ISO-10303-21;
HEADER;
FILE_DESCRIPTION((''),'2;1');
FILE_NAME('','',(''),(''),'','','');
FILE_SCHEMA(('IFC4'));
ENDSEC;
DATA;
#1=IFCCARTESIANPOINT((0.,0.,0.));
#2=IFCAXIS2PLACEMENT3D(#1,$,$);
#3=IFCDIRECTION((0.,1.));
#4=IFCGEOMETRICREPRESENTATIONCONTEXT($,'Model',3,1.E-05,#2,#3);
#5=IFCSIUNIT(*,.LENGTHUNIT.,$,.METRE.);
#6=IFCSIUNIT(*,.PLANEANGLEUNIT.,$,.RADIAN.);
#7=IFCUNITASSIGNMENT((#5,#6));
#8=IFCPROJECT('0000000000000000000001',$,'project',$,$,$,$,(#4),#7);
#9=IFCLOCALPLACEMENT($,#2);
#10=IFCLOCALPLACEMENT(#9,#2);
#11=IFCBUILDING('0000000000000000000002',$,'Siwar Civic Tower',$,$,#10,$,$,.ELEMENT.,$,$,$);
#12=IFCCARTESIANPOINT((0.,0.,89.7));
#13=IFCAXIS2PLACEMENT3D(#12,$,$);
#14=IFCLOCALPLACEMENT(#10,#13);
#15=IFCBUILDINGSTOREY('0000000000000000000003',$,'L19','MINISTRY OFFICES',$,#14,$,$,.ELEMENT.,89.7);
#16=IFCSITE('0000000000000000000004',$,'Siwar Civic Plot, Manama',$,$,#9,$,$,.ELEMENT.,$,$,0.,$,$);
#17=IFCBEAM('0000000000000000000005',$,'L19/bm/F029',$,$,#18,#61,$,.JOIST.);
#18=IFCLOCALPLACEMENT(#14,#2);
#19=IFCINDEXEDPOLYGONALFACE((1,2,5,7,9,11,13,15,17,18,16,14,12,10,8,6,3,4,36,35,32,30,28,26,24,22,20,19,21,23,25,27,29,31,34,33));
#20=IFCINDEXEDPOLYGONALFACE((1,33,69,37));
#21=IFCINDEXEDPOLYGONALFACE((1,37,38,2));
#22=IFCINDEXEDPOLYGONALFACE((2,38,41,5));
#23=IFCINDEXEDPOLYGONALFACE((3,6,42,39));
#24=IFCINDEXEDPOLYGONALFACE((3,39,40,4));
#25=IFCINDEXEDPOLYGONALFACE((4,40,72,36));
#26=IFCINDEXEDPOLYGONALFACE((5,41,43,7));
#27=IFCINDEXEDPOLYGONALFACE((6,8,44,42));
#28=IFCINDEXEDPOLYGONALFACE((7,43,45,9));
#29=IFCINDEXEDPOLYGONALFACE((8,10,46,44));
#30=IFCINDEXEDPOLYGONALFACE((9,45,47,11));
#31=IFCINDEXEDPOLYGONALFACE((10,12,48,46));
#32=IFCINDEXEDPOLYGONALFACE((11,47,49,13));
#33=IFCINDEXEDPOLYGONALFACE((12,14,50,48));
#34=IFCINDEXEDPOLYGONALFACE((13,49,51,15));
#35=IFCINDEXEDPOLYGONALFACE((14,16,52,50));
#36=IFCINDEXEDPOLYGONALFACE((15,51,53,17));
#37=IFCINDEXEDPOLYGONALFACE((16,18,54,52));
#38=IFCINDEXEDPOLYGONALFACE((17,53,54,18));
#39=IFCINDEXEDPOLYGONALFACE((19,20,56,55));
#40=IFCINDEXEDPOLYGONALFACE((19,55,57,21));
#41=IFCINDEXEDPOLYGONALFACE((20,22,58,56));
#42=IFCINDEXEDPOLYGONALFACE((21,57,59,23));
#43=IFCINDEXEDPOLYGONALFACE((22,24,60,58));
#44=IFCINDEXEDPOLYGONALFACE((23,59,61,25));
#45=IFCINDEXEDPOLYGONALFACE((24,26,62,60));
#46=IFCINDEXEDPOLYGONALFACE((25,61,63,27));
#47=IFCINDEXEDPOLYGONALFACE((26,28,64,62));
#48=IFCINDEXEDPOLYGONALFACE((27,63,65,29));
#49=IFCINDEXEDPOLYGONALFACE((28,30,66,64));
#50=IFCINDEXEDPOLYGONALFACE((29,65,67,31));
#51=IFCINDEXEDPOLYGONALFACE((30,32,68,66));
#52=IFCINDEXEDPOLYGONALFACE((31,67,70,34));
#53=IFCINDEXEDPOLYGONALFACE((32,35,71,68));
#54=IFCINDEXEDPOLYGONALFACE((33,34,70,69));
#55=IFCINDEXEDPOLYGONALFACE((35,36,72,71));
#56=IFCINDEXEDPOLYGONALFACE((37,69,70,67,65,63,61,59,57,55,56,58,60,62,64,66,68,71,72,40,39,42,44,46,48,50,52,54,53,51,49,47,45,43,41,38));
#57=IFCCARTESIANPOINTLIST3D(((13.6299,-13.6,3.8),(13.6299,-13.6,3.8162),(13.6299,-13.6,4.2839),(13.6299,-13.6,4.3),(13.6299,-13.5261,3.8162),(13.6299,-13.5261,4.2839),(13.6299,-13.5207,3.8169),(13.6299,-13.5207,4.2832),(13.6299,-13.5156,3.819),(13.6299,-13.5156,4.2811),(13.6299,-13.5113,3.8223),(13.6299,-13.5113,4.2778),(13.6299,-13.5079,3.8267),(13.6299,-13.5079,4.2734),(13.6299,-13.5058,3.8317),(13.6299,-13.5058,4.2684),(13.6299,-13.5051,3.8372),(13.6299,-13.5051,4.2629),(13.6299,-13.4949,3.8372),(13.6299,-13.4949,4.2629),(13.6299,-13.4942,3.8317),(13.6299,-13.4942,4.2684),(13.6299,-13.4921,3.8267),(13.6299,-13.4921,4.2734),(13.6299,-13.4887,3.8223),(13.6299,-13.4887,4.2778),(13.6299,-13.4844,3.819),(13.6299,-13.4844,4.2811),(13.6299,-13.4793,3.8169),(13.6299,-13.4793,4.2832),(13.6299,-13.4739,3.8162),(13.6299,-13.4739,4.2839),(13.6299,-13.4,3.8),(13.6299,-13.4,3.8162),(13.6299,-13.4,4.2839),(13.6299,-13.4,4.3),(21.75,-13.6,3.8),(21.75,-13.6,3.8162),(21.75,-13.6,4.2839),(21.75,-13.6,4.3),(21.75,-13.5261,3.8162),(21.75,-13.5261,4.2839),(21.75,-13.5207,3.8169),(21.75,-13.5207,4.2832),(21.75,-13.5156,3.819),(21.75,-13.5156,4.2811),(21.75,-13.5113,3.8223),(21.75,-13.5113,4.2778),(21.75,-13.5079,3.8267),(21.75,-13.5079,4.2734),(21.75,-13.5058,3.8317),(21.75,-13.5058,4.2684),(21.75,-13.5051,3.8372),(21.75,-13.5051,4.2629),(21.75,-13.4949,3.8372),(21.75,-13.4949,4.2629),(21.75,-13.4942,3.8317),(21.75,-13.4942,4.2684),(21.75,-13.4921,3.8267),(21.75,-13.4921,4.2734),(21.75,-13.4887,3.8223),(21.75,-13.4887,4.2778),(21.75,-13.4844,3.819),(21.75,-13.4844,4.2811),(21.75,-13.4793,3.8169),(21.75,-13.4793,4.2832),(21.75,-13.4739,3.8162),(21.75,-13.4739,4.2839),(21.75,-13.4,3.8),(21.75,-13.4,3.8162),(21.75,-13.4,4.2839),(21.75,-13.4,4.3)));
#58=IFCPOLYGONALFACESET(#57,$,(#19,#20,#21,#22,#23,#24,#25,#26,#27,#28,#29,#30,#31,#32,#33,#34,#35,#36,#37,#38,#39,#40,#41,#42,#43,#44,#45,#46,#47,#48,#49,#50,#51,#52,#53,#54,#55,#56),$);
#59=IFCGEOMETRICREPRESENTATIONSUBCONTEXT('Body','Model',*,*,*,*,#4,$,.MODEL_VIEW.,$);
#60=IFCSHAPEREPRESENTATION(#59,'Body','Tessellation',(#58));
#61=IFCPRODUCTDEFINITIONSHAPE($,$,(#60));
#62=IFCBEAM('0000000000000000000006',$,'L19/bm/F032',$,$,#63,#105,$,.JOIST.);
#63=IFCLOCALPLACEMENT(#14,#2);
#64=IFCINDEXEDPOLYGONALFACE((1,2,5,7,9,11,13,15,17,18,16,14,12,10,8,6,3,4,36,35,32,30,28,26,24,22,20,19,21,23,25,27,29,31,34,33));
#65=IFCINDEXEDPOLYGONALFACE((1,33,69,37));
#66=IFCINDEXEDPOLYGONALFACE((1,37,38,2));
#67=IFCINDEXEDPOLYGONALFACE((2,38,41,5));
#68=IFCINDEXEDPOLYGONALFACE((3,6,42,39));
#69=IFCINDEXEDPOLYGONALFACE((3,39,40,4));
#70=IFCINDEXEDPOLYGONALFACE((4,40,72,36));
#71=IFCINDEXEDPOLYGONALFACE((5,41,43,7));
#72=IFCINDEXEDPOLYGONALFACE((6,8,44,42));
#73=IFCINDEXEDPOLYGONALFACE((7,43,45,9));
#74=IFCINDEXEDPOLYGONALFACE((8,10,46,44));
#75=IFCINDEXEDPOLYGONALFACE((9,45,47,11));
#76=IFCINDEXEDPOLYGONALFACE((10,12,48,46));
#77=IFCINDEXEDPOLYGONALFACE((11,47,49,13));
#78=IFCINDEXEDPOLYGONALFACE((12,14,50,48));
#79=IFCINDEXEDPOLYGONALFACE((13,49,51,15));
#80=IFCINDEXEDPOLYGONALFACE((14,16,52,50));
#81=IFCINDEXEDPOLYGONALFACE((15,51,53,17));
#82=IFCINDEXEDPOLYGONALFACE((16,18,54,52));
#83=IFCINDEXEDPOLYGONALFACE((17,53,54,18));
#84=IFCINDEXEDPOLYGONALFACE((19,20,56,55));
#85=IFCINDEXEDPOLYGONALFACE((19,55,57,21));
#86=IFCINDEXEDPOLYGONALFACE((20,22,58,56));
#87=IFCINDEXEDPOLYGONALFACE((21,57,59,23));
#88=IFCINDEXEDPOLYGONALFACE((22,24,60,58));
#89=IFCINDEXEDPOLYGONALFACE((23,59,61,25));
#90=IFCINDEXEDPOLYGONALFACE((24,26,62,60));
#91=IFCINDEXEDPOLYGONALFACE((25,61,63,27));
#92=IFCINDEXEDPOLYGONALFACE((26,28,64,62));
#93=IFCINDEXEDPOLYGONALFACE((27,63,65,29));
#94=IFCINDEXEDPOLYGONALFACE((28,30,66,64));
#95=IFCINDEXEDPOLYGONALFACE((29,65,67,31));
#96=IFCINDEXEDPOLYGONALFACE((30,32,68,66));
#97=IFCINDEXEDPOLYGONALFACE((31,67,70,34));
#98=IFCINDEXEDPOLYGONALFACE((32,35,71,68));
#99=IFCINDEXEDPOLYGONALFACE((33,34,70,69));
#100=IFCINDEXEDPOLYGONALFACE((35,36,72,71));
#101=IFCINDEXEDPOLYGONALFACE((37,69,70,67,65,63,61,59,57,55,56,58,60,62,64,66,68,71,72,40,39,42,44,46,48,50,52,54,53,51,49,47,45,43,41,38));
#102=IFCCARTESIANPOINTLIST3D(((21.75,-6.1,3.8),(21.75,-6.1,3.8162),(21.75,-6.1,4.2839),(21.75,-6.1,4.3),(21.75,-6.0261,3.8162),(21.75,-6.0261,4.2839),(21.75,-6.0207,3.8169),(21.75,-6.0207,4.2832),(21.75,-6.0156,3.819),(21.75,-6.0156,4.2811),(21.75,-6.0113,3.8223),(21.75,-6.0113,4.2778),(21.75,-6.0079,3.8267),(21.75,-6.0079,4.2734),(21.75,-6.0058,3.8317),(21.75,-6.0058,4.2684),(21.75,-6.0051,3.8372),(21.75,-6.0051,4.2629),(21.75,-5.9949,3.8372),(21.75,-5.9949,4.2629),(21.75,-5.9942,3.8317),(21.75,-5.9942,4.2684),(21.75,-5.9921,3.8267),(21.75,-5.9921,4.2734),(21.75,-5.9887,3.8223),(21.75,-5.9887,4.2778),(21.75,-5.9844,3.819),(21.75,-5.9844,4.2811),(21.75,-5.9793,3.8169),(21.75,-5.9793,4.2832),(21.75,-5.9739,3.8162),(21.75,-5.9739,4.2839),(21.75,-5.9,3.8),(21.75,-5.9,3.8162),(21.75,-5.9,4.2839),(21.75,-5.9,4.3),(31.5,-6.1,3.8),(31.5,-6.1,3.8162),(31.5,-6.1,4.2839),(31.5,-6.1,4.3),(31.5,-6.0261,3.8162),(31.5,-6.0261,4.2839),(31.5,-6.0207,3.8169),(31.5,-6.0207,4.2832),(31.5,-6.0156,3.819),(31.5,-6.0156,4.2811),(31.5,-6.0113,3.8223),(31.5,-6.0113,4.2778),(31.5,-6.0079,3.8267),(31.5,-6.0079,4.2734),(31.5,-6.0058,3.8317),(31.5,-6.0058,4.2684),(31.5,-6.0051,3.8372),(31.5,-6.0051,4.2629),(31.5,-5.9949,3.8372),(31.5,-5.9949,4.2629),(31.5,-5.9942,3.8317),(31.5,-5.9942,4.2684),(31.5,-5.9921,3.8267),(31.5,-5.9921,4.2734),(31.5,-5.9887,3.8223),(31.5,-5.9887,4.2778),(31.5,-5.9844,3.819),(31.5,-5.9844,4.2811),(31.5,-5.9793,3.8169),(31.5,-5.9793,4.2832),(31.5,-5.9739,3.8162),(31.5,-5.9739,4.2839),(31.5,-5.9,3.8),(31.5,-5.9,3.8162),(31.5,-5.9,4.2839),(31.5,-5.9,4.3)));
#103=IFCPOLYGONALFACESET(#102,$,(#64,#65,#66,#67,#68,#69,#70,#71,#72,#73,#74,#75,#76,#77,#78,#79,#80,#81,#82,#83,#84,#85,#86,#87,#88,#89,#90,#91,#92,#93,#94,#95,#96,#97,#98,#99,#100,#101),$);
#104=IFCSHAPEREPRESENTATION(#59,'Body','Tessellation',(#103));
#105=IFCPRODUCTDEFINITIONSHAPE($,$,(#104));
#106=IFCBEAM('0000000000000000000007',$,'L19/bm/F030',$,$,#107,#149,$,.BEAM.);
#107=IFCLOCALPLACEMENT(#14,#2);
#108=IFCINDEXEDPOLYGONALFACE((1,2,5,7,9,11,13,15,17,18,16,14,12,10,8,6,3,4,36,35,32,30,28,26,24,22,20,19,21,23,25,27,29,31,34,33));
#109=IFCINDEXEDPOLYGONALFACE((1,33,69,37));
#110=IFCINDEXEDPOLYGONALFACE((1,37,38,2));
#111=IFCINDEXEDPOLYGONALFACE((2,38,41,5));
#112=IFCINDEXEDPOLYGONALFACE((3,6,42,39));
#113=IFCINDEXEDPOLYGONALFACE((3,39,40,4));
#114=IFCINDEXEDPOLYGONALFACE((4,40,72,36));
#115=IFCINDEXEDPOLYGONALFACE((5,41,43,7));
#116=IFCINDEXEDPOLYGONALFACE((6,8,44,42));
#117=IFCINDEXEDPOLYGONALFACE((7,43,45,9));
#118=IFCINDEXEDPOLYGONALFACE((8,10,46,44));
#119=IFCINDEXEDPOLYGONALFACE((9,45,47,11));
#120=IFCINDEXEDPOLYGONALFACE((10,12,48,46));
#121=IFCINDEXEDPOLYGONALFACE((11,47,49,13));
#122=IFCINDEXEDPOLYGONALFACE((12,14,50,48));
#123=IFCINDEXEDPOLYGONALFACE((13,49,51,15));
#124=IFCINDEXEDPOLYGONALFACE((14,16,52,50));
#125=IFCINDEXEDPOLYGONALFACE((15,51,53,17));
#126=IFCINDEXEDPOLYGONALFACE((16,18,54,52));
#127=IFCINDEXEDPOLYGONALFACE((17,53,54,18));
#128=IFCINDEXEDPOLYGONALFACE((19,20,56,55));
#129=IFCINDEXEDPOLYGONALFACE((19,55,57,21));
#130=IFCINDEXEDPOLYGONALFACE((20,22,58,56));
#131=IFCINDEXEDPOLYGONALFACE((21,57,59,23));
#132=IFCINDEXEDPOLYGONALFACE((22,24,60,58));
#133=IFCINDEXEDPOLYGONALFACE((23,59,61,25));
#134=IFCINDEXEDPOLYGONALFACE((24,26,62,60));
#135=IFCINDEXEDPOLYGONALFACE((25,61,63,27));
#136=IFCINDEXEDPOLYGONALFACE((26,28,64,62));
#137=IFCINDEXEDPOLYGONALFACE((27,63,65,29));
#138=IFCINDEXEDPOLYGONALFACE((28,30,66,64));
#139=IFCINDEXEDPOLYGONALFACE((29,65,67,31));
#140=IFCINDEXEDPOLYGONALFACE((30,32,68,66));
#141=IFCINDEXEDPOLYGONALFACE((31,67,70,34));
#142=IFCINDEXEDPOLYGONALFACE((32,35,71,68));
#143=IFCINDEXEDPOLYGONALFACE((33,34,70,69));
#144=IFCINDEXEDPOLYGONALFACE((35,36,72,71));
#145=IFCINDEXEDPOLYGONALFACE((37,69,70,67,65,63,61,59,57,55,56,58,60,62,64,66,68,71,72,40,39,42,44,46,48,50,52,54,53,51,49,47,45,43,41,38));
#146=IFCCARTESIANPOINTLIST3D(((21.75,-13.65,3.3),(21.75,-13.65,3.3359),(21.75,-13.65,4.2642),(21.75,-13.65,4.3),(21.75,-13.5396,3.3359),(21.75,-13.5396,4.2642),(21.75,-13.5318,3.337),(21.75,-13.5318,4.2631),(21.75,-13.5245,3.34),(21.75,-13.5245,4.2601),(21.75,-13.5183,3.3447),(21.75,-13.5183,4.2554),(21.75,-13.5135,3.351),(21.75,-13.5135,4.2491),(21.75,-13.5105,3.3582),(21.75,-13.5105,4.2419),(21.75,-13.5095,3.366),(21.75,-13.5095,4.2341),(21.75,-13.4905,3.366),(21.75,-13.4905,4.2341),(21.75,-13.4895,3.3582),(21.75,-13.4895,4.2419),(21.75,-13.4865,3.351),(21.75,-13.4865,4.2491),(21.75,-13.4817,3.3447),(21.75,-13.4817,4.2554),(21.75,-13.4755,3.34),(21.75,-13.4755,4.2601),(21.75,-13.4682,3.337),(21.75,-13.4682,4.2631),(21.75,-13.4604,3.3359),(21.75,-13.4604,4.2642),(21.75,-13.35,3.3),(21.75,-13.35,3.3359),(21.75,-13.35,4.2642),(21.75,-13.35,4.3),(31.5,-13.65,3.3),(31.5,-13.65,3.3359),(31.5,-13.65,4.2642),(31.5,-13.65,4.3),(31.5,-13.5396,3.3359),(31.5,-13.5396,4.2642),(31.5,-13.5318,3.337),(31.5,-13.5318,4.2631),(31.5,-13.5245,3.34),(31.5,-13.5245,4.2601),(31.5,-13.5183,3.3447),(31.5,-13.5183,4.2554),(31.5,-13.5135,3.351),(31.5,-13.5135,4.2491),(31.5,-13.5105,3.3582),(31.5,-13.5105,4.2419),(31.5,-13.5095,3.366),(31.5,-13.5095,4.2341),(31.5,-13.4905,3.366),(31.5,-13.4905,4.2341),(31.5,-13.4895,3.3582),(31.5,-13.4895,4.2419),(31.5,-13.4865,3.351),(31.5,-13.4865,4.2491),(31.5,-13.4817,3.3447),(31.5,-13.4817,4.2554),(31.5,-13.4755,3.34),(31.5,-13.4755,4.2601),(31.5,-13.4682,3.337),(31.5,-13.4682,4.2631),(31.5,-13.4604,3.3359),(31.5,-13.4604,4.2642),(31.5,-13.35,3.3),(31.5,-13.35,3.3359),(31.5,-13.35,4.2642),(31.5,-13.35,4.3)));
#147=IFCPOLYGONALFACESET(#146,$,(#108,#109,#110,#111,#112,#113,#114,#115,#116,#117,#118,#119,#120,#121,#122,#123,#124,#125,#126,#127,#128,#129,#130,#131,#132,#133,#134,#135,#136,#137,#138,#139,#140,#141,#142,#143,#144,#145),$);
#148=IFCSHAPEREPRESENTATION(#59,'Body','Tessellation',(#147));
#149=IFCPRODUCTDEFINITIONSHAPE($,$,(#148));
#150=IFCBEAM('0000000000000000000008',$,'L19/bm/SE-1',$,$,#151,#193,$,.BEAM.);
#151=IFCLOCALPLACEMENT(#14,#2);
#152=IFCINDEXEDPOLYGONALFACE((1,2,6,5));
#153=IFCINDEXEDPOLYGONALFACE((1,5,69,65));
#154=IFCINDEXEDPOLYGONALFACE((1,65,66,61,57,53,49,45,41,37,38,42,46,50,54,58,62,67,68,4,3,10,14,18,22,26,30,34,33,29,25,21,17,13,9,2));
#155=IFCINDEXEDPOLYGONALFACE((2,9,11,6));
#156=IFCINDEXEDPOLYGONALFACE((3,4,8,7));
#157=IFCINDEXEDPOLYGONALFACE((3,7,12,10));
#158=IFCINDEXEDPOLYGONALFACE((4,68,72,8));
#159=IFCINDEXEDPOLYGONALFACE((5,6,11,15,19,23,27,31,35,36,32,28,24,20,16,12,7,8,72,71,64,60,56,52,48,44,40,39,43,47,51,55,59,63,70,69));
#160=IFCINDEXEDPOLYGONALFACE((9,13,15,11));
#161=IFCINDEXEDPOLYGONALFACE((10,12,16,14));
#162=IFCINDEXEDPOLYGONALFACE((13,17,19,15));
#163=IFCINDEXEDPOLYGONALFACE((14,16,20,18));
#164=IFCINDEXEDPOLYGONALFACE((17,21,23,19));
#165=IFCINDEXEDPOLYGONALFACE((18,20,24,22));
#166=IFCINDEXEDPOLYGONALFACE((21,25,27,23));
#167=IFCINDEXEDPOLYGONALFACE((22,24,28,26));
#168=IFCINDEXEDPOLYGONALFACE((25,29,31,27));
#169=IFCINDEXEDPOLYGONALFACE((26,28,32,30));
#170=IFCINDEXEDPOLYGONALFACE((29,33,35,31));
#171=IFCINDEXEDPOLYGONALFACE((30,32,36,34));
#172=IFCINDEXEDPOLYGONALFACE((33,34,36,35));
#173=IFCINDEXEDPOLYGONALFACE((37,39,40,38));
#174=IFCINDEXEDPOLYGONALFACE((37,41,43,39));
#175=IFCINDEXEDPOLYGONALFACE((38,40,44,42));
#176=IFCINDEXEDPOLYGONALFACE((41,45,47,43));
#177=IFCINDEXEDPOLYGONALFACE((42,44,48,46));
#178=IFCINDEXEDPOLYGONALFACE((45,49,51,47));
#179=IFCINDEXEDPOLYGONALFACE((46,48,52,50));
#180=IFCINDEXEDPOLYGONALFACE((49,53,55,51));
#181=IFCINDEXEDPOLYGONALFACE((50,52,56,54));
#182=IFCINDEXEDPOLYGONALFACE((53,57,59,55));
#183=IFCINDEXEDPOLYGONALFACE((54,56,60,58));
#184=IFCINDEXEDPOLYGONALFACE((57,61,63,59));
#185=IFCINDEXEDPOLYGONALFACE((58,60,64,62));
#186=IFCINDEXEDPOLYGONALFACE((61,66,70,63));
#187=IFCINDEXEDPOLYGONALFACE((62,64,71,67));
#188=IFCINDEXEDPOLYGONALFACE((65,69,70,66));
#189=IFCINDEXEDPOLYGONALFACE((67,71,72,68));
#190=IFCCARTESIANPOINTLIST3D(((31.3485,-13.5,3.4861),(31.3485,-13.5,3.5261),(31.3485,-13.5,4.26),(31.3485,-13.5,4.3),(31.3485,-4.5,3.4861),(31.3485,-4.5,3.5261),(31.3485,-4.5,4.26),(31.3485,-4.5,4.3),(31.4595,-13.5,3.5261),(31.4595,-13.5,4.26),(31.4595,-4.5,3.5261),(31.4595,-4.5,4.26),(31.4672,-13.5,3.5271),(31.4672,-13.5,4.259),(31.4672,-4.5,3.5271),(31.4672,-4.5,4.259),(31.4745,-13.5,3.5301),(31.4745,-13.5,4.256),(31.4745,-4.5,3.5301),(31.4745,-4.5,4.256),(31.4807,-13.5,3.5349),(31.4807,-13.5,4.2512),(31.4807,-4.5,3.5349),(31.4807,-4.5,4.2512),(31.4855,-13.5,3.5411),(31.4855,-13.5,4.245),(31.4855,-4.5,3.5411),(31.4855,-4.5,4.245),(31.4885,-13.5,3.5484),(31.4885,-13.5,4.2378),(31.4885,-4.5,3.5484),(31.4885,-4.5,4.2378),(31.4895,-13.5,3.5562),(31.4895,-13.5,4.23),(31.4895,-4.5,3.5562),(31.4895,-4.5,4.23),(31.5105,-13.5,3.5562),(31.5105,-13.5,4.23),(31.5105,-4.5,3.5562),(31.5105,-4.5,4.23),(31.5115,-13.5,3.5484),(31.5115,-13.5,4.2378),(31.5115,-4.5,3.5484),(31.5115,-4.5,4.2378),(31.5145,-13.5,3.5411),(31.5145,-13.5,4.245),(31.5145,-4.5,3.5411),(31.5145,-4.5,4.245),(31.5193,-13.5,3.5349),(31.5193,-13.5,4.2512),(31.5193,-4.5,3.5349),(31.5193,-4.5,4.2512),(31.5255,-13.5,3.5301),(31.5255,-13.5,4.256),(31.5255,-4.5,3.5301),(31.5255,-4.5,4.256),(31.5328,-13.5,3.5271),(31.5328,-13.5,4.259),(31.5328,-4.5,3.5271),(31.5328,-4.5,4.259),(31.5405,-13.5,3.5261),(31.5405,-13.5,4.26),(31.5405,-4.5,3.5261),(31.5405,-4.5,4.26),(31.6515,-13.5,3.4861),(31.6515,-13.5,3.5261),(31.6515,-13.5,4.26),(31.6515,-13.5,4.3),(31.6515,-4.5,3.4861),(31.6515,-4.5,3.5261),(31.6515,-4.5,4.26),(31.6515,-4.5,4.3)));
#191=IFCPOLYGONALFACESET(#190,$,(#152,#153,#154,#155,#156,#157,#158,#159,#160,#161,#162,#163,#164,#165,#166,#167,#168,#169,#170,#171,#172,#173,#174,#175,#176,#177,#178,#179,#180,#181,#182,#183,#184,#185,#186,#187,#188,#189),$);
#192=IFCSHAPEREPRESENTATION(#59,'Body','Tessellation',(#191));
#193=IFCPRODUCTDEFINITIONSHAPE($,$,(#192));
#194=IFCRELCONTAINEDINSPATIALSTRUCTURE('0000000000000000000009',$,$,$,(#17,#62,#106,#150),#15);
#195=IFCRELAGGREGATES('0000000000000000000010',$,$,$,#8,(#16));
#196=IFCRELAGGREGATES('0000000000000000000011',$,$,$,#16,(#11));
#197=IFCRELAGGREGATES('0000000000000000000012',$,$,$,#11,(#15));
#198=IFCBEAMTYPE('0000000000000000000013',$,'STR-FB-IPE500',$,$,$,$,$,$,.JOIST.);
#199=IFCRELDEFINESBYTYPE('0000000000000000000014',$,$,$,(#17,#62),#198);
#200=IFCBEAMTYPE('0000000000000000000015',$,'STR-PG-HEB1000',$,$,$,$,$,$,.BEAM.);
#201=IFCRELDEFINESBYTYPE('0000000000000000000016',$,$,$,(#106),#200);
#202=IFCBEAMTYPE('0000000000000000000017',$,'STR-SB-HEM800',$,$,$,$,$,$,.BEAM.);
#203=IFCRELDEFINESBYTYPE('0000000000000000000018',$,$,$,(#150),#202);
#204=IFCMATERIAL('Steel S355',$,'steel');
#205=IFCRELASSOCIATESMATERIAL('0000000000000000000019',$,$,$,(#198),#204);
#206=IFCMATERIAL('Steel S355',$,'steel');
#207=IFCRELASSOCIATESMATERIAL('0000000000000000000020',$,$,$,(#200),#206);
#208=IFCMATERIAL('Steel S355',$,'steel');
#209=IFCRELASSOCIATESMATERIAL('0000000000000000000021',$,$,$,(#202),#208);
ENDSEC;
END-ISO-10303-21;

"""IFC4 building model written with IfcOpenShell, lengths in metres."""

from ifc_helpers import new_model, si_unit, direction, frame, origin, origin_2d, place, context, subcontext, project, spatial, i_section, extrude, material, material_profile, profile_set, type_object, element, save


model = new_model("IFC4")

# Units and contexts
model_context = context("Model", 3, precision=1e-05, world=origin(), true_north=direction((0.0, 1.0)))
body_context = subcontext(model_context, "Body", "Model", "MODEL_VIEW")
ifc_project = project(units=[si_unit("LENGTHUNIT", "METRE"), si_unit("PLANEANGLEUNIT", "RADIAN")], contexts=[model_context])

# Site, building, storey
site_placement = place(None, origin())
site = spatial("IfcSite", under=ifc_project, at=site_placement, Name="Siwar Civic Plot, Manama", CompositionType="ELEMENT", RefElevation=0.0)
building_placement = place(site_placement, origin())
building = spatial("IfcBuilding", under=site, at=building_placement, Name="Siwar Civic Tower", CompositionType="ELEMENT")
storey_placement = place(building_placement, frame((0.0, 0.0, 89.7)))
storey = spatial("IfcBuildingStorey", under=building, at=storey_placement, Name="L19", Description="MINISTRY OFFICES", CompositionType="ELEMENT", Elevation=89.7)

# Beams
ifc_material_1 = material(Name="Steel S355", Category="steel")
ifc_material_profile_1 = material_profile(ifc_material_1, i_section(OverallWidth=0.2, OverallDepth=0.5, WebThickness=0.0103, FlangeThickness=0.0161, FilletRadius=0.021, at=origin_2d()), Name="IPE500")
ifc_profile_set_1 = profile_set([ifc_material_profile_1], Name="Steel S355")
beam_type_1 = type_object("IfcBeamType", Name="STR-FB-IPE500", PredefinedType="JOIST", material=ifc_profile_set_1)
beam_1_placement = place(storey_placement, frame((13.6299, -13.5, 4.05), z_axis=(1.0, 0.0, 0.0), x_axis=(0.0, 1.0, 0.0)))
element("IfcBeam", 1, at=beam_1_placement, inside=storey, type_object=beam_type_1, Name="L19/bm/F029", PredefinedType="JOIST", context=body_context, shape_type="SweptSolid", body=[
    extrude(i_section(OverallWidth=0.2, OverallDepth=0.5, WebThickness=0.0103, FlangeThickness=0.0161, FilletRadius=0.021, at=origin_2d()), origin(), (0.0, 0.0, 1.0), 8.1201),
])
beam_2_placement = place(storey_placement, frame((21.75, -6.0, 4.05), z_axis=(1.0, 0.0, 0.0), x_axis=(0.0, 1.0, 0.0)))
element("IfcBeam", 2, at=beam_2_placement, inside=storey, type_object=beam_type_1, Name="L19/bm/F032", PredefinedType="JOIST", context=body_context, shape_type="SweptSolid", body=[
    extrude(i_section(OverallWidth=0.2, OverallDepth=0.5, WebThickness=0.0103, FlangeThickness=0.0161, FilletRadius=0.021, at=origin_2d()), origin(), (0.0, 0.0, 1.0), 9.75),
])
ifc_material_2 = material(Name="Steel S355", Category="steel")
ifc_material_profile_2 = material_profile(ifc_material_2, i_section(OverallWidth=0.3, OverallDepth=1.0, WebThickness=0.019, FlangeThickness=0.0359, FilletRadius=0.03, at=origin_2d()), Name="HEB1000")
ifc_profile_set_2 = profile_set([ifc_material_profile_2], Name="Steel S355")
beam_type_2 = type_object("IfcBeamType", Name="STR-PG-HEB1000", PredefinedType="BEAM", material=ifc_profile_set_2)
beam_3_placement = place(storey_placement, frame((21.75, -13.5, 3.8), z_axis=(1.0, 0.0, 0.0), x_axis=(0.0, 1.0, 0.0)))
element("IfcBeam", 3, at=beam_3_placement, inside=storey, type_object=beam_type_2, Name="L19/bm/F030", PredefinedType="BEAM", context=body_context, shape_type="SweptSolid", body=[
    extrude(i_section(OverallWidth=0.3, OverallDepth=1.0, WebThickness=0.019, FlangeThickness=0.0359, FilletRadius=0.03, at=origin_2d()), origin(), (0.0, 0.0, 1.0), 9.75),
])
ifc_material_3 = material(Name="Steel S355", Category="steel")
ifc_material_profile_3 = material_profile(ifc_material_3, i_section(OverallWidth=0.303, OverallDepth=0.814, WebThickness=0.021, FlangeThickness=0.04, FilletRadius=0.03, at=origin_2d()), Name="HEM800")
ifc_profile_set_3 = profile_set([ifc_material_profile_3], Name="Steel S355")
beam_type_3 = type_object("IfcBeamType", Name="STR-SB-HEM800", PredefinedType="BEAM", material=ifc_profile_set_3)
for number, where, z_axis, x_axis, name in (
    (4, (31.5, -13.5, 3.8931), (0.0, 1.0, 0.0), (-1.0, 0.0, 0.0), "L19/bm/SE-1"),
):
    element("IfcBeam", number, at=place(storey_placement, frame(where, z_axis=z_axis, x_axis=x_axis)), inside=storey, type_object=beam_type_3, Name=name, PredefinedType="BEAM", context=body_context, shape_type="SweptSolid", body=[
        extrude(i_section(OverallWidth=0.303, OverallDepth=0.814, WebThickness=0.021, FlangeThickness=0.04, FilletRadius=0.03, at=origin_2d()), origin(), (0.0, 0.0, 1.0), 9.0),
    ])

save(model, "model.ifc")
